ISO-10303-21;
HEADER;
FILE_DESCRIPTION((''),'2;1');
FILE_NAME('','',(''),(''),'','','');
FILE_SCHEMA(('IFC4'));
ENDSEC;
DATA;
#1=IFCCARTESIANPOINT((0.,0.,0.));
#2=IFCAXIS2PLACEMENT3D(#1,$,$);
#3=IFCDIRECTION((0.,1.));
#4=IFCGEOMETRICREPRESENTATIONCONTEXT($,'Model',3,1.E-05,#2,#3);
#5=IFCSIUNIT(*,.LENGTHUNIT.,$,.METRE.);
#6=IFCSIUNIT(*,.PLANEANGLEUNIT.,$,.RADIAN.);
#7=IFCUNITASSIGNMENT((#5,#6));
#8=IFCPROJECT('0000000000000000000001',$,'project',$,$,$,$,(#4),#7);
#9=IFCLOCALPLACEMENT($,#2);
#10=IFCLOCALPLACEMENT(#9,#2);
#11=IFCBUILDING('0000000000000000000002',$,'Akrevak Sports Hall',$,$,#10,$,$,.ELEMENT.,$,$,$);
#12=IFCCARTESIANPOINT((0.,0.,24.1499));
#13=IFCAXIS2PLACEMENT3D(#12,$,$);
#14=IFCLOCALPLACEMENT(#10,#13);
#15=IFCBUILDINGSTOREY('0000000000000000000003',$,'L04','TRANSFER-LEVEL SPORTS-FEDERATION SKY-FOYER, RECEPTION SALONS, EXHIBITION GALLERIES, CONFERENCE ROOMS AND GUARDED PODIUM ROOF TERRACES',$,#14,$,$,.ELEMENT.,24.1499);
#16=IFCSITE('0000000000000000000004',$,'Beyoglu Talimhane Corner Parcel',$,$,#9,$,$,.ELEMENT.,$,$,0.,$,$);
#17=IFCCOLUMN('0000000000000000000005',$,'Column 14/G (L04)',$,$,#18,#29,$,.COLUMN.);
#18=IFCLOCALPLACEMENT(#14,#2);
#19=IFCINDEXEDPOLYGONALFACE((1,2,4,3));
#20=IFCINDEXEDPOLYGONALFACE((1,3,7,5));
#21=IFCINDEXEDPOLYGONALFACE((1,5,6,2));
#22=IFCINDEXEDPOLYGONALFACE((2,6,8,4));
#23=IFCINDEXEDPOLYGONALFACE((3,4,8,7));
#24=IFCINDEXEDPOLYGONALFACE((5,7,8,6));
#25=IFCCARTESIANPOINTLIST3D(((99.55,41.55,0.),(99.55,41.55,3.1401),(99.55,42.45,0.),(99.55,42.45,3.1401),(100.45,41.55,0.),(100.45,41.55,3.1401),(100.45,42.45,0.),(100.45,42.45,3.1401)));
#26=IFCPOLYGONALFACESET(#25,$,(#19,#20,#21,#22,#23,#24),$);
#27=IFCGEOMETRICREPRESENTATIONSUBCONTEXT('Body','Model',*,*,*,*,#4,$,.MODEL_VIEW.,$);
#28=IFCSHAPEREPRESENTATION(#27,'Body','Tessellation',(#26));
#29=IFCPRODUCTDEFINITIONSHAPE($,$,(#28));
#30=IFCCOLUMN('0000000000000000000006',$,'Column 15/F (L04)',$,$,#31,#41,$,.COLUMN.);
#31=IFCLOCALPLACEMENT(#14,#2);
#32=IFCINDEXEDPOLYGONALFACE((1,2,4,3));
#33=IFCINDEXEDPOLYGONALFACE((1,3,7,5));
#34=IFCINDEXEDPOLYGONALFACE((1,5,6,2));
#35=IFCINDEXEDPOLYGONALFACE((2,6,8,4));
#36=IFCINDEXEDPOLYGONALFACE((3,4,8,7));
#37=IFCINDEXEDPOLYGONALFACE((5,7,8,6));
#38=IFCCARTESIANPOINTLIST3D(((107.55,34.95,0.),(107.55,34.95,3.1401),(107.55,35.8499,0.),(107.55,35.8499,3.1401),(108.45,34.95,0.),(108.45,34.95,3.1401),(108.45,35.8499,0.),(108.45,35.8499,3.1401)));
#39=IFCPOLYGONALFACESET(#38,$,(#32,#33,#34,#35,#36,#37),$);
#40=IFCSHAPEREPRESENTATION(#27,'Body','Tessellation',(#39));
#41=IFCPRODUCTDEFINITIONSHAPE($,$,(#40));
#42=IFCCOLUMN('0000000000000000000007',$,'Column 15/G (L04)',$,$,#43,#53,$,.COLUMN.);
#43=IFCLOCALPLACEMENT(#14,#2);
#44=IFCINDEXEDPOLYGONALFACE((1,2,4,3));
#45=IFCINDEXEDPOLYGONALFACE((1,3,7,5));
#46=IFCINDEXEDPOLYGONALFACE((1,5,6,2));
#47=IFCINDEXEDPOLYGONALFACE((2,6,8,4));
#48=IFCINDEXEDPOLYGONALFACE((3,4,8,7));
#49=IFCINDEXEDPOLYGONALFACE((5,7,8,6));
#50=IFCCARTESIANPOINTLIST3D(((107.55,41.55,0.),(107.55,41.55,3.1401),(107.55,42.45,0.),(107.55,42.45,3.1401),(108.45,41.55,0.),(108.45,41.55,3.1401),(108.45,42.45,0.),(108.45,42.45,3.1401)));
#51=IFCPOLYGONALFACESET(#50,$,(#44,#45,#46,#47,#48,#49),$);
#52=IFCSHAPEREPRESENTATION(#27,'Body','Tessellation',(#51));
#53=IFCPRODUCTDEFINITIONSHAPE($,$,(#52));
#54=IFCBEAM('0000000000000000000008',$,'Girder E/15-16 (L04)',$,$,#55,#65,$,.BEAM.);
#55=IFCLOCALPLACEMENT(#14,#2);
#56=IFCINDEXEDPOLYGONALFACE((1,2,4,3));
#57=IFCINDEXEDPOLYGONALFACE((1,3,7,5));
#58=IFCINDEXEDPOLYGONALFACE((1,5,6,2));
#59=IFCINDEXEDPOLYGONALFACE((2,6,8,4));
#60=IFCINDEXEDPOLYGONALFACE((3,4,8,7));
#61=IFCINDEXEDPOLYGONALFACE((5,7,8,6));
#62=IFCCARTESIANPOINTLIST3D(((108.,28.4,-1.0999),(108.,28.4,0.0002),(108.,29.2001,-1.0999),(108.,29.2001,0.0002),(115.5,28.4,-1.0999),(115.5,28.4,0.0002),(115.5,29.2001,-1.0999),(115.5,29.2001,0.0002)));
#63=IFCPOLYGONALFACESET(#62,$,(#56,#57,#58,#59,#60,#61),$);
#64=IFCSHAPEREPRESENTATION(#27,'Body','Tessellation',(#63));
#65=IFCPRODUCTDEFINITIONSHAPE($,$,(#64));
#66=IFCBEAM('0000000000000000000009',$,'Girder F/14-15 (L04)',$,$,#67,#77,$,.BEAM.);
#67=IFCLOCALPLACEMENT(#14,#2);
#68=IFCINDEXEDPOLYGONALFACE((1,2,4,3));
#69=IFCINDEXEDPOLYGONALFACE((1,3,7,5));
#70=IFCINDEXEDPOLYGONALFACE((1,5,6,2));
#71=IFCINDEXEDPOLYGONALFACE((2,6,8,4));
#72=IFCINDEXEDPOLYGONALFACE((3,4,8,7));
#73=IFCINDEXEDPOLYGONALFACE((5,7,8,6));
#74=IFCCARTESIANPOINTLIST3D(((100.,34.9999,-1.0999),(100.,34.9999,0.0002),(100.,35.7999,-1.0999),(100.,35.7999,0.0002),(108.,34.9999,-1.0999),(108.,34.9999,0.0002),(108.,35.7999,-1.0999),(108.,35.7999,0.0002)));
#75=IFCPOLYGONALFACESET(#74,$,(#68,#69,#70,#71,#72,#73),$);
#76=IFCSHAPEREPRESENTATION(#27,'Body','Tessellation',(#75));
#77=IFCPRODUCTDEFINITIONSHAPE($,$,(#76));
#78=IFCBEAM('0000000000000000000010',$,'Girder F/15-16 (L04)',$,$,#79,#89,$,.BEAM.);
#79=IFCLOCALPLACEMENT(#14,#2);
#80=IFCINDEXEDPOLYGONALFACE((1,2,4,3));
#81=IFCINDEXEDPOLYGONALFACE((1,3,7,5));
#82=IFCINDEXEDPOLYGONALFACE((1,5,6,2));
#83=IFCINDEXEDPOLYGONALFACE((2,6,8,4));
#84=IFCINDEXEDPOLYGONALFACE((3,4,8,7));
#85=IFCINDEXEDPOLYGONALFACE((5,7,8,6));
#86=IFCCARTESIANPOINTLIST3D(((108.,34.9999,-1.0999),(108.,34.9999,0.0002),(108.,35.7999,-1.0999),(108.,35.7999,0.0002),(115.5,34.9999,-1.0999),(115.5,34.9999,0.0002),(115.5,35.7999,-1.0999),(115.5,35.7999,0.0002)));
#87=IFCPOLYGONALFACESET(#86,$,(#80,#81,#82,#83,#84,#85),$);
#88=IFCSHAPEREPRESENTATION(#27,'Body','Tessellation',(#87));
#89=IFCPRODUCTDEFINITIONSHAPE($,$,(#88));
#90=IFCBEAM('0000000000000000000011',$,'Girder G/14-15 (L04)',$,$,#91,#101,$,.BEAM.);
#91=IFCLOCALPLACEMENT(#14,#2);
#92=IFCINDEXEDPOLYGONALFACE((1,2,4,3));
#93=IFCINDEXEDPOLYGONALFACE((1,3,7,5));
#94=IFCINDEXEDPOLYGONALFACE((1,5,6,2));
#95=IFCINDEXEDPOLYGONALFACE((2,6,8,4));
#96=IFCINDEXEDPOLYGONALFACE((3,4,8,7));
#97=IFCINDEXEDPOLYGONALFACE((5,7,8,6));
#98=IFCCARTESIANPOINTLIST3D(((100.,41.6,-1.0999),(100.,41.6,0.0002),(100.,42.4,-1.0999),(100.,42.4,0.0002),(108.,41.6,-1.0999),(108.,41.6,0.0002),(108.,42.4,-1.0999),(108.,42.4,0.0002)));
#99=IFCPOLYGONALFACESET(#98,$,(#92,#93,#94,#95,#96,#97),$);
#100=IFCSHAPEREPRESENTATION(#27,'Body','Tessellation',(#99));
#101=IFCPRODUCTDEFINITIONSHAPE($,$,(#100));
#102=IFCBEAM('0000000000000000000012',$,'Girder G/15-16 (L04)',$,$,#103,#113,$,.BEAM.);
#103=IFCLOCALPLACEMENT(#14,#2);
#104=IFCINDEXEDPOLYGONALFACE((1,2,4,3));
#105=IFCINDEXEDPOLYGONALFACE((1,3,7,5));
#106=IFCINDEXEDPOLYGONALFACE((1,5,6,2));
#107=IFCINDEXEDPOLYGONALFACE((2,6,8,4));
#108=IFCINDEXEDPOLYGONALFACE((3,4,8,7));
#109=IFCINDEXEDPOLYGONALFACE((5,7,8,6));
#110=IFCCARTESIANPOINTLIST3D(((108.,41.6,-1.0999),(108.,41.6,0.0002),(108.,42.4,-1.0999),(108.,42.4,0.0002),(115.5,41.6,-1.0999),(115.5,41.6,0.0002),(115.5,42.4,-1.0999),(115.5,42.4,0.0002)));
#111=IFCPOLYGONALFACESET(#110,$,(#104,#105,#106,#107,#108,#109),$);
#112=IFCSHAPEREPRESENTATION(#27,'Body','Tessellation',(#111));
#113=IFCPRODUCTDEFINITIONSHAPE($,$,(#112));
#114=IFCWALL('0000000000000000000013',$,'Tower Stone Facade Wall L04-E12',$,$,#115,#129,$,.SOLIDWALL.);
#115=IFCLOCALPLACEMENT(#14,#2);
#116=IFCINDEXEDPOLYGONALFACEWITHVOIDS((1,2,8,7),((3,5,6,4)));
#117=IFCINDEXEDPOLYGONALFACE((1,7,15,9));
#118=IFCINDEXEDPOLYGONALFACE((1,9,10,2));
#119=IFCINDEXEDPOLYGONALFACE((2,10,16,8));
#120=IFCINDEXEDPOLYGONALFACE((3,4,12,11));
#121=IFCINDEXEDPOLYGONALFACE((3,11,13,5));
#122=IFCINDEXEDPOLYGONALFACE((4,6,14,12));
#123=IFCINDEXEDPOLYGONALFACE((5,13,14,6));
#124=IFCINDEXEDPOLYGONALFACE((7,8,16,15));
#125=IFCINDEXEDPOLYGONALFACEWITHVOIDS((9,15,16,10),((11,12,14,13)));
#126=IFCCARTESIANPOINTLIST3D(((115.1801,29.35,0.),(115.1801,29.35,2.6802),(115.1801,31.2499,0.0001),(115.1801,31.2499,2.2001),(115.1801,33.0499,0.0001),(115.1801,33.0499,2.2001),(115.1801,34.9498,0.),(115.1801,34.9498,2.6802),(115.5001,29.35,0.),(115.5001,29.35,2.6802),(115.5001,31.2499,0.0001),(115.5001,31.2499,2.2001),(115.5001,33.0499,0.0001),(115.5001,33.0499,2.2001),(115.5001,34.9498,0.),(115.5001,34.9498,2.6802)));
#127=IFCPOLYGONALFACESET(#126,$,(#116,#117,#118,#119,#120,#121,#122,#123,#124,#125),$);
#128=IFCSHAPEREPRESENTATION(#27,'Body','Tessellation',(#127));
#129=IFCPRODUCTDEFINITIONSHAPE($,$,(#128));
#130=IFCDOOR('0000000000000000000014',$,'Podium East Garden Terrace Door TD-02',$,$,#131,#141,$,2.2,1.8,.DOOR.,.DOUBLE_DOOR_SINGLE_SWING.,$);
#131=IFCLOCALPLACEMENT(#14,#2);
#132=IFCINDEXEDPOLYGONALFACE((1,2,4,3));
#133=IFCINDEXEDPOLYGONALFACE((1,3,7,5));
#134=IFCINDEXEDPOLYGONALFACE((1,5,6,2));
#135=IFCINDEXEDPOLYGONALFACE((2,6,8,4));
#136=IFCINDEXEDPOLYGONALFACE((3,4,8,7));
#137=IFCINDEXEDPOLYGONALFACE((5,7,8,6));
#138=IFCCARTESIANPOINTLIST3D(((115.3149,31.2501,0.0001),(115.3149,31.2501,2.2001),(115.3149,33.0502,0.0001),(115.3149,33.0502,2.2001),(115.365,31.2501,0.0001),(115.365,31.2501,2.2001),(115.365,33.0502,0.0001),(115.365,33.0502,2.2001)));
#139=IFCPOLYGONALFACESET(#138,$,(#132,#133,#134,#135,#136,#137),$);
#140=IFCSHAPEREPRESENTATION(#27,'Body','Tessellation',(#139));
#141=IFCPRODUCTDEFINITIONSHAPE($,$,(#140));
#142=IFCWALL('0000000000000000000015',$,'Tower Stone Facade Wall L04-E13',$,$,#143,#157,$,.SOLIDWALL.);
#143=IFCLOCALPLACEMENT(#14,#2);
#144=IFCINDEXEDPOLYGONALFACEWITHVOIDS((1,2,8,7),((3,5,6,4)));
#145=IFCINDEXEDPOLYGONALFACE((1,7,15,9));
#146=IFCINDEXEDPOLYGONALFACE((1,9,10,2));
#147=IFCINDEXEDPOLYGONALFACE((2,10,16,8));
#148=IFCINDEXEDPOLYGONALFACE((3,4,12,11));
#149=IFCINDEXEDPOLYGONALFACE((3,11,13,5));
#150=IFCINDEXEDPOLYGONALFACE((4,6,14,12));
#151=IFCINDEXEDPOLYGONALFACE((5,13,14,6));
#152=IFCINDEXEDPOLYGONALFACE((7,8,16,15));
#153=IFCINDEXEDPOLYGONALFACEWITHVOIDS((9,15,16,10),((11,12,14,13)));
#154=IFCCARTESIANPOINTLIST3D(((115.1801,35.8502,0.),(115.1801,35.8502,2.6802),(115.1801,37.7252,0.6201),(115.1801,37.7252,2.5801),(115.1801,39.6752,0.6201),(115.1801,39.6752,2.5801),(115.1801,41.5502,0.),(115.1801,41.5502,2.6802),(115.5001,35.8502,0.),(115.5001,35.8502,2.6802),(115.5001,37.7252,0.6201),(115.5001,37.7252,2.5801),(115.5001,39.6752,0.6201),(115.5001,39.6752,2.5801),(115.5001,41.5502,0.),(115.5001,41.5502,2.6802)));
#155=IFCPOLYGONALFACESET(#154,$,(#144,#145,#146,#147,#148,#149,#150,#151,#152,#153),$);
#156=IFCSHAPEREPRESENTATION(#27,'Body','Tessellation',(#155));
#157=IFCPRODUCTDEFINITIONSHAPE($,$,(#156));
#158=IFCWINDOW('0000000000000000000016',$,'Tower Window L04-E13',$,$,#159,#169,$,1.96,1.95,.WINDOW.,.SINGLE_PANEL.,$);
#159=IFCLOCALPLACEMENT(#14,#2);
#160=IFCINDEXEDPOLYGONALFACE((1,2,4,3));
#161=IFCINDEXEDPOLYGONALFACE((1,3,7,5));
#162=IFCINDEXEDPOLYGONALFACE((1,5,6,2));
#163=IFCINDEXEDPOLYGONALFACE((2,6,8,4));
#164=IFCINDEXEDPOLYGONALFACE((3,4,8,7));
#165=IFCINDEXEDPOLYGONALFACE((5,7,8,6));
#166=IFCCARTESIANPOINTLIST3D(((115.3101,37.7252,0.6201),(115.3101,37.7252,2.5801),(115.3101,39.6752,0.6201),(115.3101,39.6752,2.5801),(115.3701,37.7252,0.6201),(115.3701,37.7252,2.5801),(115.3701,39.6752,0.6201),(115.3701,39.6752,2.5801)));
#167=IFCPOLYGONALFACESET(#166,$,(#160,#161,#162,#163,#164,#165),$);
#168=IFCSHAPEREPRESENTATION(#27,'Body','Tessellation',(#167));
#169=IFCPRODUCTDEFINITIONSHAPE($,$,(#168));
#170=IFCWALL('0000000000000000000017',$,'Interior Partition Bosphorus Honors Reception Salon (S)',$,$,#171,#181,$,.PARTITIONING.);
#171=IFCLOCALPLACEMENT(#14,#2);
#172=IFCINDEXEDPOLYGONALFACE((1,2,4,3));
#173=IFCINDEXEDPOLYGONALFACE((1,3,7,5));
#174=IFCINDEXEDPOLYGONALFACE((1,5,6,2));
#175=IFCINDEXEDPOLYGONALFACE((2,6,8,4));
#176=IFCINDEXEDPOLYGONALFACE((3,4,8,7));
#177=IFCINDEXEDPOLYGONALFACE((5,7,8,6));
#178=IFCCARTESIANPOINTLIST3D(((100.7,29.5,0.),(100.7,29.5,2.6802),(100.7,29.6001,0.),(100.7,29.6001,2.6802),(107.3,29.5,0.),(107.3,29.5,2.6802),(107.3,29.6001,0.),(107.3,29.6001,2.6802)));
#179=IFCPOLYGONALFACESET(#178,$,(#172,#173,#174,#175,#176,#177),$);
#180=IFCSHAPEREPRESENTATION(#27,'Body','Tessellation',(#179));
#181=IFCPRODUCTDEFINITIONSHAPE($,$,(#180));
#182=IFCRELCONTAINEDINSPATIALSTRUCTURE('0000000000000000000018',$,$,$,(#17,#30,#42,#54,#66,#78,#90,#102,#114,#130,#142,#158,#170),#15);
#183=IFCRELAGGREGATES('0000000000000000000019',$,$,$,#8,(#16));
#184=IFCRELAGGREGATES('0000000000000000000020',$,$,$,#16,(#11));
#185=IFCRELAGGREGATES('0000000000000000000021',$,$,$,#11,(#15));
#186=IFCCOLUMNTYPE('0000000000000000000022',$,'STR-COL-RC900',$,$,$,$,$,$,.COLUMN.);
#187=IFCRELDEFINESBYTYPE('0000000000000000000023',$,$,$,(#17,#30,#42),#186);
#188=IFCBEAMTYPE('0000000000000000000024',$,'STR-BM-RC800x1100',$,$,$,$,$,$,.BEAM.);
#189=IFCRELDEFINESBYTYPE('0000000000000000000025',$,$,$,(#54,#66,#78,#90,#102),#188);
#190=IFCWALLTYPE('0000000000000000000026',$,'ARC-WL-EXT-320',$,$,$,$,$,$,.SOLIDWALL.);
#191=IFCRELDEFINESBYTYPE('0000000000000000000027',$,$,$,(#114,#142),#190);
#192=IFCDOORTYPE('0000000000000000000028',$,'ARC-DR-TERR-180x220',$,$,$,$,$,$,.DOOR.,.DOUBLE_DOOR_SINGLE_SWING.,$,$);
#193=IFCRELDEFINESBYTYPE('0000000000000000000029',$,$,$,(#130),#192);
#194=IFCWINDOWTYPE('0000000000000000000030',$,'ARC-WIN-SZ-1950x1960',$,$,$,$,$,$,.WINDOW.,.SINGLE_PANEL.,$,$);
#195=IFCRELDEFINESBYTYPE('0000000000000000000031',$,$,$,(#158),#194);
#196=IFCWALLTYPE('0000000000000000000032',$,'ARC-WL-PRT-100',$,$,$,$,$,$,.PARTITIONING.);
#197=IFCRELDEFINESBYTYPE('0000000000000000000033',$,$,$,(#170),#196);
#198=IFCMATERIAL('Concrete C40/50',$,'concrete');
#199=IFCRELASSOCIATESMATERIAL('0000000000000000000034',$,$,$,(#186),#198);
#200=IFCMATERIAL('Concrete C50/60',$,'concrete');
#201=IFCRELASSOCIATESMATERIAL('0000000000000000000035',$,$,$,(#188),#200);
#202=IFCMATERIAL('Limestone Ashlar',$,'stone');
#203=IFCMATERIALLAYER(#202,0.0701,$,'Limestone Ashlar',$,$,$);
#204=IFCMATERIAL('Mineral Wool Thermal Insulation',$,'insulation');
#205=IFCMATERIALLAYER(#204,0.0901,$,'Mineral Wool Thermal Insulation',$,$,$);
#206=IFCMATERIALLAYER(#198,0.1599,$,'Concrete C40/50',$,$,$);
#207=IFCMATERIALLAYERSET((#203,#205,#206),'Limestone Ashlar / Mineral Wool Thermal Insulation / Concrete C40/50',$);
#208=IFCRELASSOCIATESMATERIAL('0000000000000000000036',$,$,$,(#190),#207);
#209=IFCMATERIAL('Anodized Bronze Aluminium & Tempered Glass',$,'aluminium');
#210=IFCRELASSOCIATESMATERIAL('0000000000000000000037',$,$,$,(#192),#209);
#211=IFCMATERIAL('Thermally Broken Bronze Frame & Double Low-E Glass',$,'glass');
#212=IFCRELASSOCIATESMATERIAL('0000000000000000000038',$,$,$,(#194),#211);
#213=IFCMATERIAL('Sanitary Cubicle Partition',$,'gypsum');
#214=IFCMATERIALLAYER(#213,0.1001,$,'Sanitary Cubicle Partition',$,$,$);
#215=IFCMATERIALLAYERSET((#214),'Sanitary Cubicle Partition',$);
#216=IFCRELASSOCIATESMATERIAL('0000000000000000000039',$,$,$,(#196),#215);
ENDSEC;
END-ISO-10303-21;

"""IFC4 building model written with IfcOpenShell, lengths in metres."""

from ifc_helpers import new_model, si_unit, direction, frame, frame_2d, origin, origin_2d, place, context, subcontext, project, spatial, rectangle, extrude, material, layer, layer_set, material_profile, profile_set, type_object, element, fill, save


model = new_model("IFC4")

# Units and contexts
model_context = context("Model", 3, precision=1e-05, world=origin(), true_north=direction((0.0, 1.0)))
body_context = subcontext(model_context, "Body", "Model", "MODEL_VIEW")
ifc_project = project(units=[si_unit("LENGTHUNIT", "METRE"), si_unit("PLANEANGLEUNIT", "RADIAN")], contexts=[model_context])

# Site, building, storey
site_placement = place(None, origin())
site = spatial("IfcSite", under=ifc_project, at=site_placement, Name="Beyoglu Talimhane Corner Parcel", CompositionType="ELEMENT", RefElevation=0.0)
building_placement = place(site_placement, origin())
building = spatial("IfcBuilding", under=site, at=building_placement, Name="Akrevak Sports Hall", CompositionType="ELEMENT")
storey_placement = place(building_placement, frame((0.0, 0.0, 24.1499)))
storey = spatial("IfcBuildingStorey", under=building, at=storey_placement, Name="L04", Description="TRANSFER-LEVEL SPORTS-FEDERATION SKY-FOYER, RECEPTION SALONS, EXHIBITION GALLERIES, CONFERENCE ROOMS AND GUARDED PODIUM ROOF TERRACES", CompositionType="ELEMENT", Elevation=24.1499)

# Columns
ifc_material_1 = material(Name="Concrete C40/50", Category="concrete")
ifc_material_profile_1 = material_profile(ifc_material_1, rectangle(XDim=0.8999, YDim=0.8999, at=origin_2d()), Name="RC 900x900", Category="concrete")
ifc_profile_set_1 = profile_set([ifc_material_profile_1], Name="Concrete C40/50")
column_type = type_object("IfcColumnType", Name="STR-COL-RC900", PredefinedType="COLUMN", material=ifc_profile_set_1)
for number, where, z_axis, x_axis, name in (
    (1, (100.0, 42.0, 0.0), (0.0, 0.0, 1.0), (1.0, 0.0, 0.0), "Column 14/G (L04)"),
    (2, (108.0, 35.3999, 0.0), (0.0, 0.0, 1.0), (1.0, 0.0, 0.0), "Column 15/F (L04)"),
    (3, (108.0, 42.0, 0.0), (0.0, 0.0, 1.0), (1.0, 0.0, 0.0), "Column 15/G (L04)"),
):
    element("IfcColumn", number, at=place(storey_placement, frame(where, z_axis=z_axis, x_axis=x_axis)), inside=storey, type_object=column_type, Name=name, PredefinedType="COLUMN", context=body_context, shape_type="SweptSolid", body=[
        extrude(rectangle(XDim=0.8999, YDim=0.8999, at=origin_2d()), origin(), (0.0, 0.0, 1.0), 3.1401),
    ])

# Beams
ifc_material_2 = material(Name="Concrete C50/60", Category="concrete")
ifc_material_profile_2 = material_profile(ifc_material_2, rectangle(XDim=0.8, YDim=1.1001, at=origin_2d()), Name="BM 800x1100", Category="concrete")
ifc_profile_set_2 = profile_set([ifc_material_profile_2], Name="Concrete C50/60")
beam_type = type_object("IfcBeamType", Name="STR-BM-RC800x1100", PredefinedType="BEAM", material=ifc_profile_set_2)
beam_1_placement = place(storey_placement, frame((108.0, 28.8, -0.5498), z_axis=(1.0, 0.0, 0.0), x_axis=(0.0, 1.0, 0.0)))
element("IfcBeam", 4, at=beam_1_placement, inside=storey, type_object=beam_type, Name="Girder E/15-16 (L04)", PredefinedType="BEAM", context=body_context, shape_type="SweptSolid", body=[
    extrude(rectangle(XDim=0.8, YDim=1.1001, at=origin_2d()), origin(), (0.0, 0.0, 1.0), 7.5),
])
beam_2_placement = place(storey_placement, frame((100.0, 35.3999, -0.5498), z_axis=(1.0, 0.0, 0.0), x_axis=(0.0, 1.0, 0.0)))
element("IfcBeam", 5, at=beam_2_placement, inside=storey, type_object=beam_type, Name="Girder F/14-15 (L04)", PredefinedType="BEAM", context=body_context, shape_type="SweptSolid", body=[
    extrude(rectangle(XDim=0.8, YDim=1.1001, at=origin_2d()), origin(), (0.0, 0.0, 1.0), 8.0),
])
beam_3_placement = place(storey_placement, frame((108.0, 35.3999, -0.5498), z_axis=(1.0, 0.0, 0.0), x_axis=(0.0, 1.0, 0.0)))
element("IfcBeam", 6, at=beam_3_placement, inside=storey, type_object=beam_type, Name="Girder F/15-16 (L04)", PredefinedType="BEAM", context=body_context, shape_type="SweptSolid", body=[
    extrude(rectangle(XDim=0.8, YDim=1.1001, at=origin_2d()), origin(), (0.0, 0.0, 1.0), 7.5),
])
beam_4_placement = place(storey_placement, frame((100.0, 42.0, -0.5498), z_axis=(1.0, 0.0, 0.0), x_axis=(0.0, 1.0, 0.0)))
element("IfcBeam", 7, at=beam_4_placement, inside=storey, type_object=beam_type, Name="Girder G/14-15 (L04)", PredefinedType="BEAM", context=body_context, shape_type="SweptSolid", body=[
    extrude(rectangle(XDim=0.8, YDim=1.1001, at=origin_2d()), origin(), (0.0, 0.0, 1.0), 8.0),
])
beam_5_placement = place(storey_placement, frame((108.0, 42.0, -0.5498), z_axis=(1.0, 0.0, 0.0), x_axis=(0.0, 1.0, 0.0)))
element("IfcBeam", 8, at=beam_5_placement, inside=storey, type_object=beam_type, Name="Girder G/15-16 (L04)", PredefinedType="BEAM", context=body_context, shape_type="SweptSolid", body=[
    extrude(rectangle(XDim=0.8, YDim=1.1001, at=origin_2d()), origin(), (0.0, 0.0, 1.0), 7.5),
])

# Wall, opening, door
ifc_material_3 = material(Name="Limestone Ashlar", Category="stone")
ifc_layer_1 = layer(ifc_material_3, 0.0701, Name="Limestone Ashlar")
ifc_material_4 = material(Name="Mineral Wool Thermal Insulation", Category="insulation")
ifc_layer_2 = layer(ifc_material_4, 0.0901, Name="Mineral Wool Thermal Insulation")
ifc_layer_3 = layer(ifc_material_1, 0.1599, Name="Concrete C40/50")
ifc_layer_set_1 = layer_set([ifc_layer_1, ifc_layer_2, ifc_layer_3], Name="Limestone Ashlar / Mineral Wool Thermal Insulation / Concrete C40/50")
wall_type_1 = type_object("IfcWallType", Name="ARC-WL-EXT-320", PredefinedType="SOLIDWALL", material=ifc_layer_set_1)
wall_1_placement = place(storey_placement, frame((115.3401, 29.3501, 0.0), z_axis=(0.0, 0.0, 1.0), x_axis=(0.0, 1.0, 0.0)))
wall_1 = element("IfcWall", 9, at=wall_1_placement, inside=storey, type_object=wall_type_1, Name="Tower Stone Facade Wall L04-E12", PredefinedType="SOLIDWALL", context=body_context, shape_type="SweptSolid", body=[
    extrude(rectangle(XDim=5.5999, YDim=0.3201, at=frame_2d((2.7998, 0.0))), origin(), (0.0, 0.0, 1.0), 2.6802),
])
opening_1_placement = place(wall_1_placement, frame((1.8999, 0.0, 0.0)))
opening_1 = element("IfcOpeningElement", 10, at=opening_1_placement, cuts=wall_1, PredefinedType="OPENING", context=body_context, shape_type="SweptSolid", body=[
    extrude(rectangle(XDim=1.8, YDim=2.2, at=frame_2d((0.8999, 1.1001))), frame((0.0, 0.1719, 0.0), z_axis=(0.0, -1.0, 0.0), x_axis=(1.0, 0.0, 0.0)), (0.0, 0.0, 1.0), 0.344),
])
ifc_material_5 = material(Name="Anodized Bronze Aluminium & Tempered Glass", Category="aluminium")
door_type = type_object("IfcDoorType", Name="ARC-DR-TERR-180x220", OperationType="DOUBLE_DOOR_SINGLE_SWING", PredefinedType="DOOR", material=ifc_material_5)
door_placement = place(opening_1_placement, frame((1.8, 0.0, 0.0), z_axis=(0.0, 0.0, 1.0), x_axis=(-1.0, 0.0, 0.0)))
door = element("IfcDoor", 11, at=door_placement, inside=storey, type_object=door_type, Name="Podium East Garden Terrace Door TD-02", OperationType="DOUBLE_DOOR_SINGLE_SWING", OverallHeight=2.2, OverallWidth=1.8, PredefinedType="DOOR", context=body_context, shape_type="SweptSolid", body=[
    extrude(rectangle(XDim=1.8, YDim=2.2, at=frame_2d((0.8999, 1.1001))), frame((0.0, 0.0249, 0.0), z_axis=(0.0, -1.0, 0.0), x_axis=(1.0, 0.0, 0.0)), (0.0, 0.0, 1.0), 0.05),
])
fill(opening_1, door)

# Wall, opening, window
wall_2_placement = place(storey_placement, frame((115.3401, 35.8501, 0.0), z_axis=(0.0, 0.0, 1.0), x_axis=(0.0, 1.0, 0.0)))
wall_2 = element("IfcWall", 12, at=wall_2_placement, inside=storey, type_object=wall_type_1, Name="Tower Stone Facade Wall L04-E13", PredefinedType="SOLIDWALL", context=body_context, shape_type="SweptSolid", body=[
    extrude(rectangle(XDim=5.7, YDim=0.3201, at=frame_2d((2.8501, 0.0))), origin(), (0.0, 0.0, 1.0), 2.6802),
])
opening_2_placement = place(wall_2_placement, frame((1.875, 0.0, 0.6201)))
opening_2 = element("IfcOpeningElement", 13, at=opening_2_placement, cuts=wall_2, PredefinedType="OPENING", context=body_context, shape_type="SweptSolid", body=[
    extrude(rectangle(XDim=1.95, YDim=1.96, at=frame_2d((0.9751, 0.98))), frame((0.0, 0.1719, 0.0), z_axis=(0.0, -1.0, 0.0), x_axis=(1.0, 0.0, 0.0)), (0.0, 0.0, 1.0), 0.344),
])
ifc_material_6 = material(Name="Thermally Broken Bronze Frame & Double Low-E Glass", Category="glass")
window_type = type_object("IfcWindowType", Name="ARC-WIN-SZ-1950x1960", PartitioningType="SINGLE_PANEL", PredefinedType="WINDOW", material=ifc_material_6)
window_placement = place(opening_2_placement, origin())
window = element("IfcWindow", 14, at=window_placement, inside=storey, type_object=window_type, Name="Tower Window L04-E13", OverallHeight=1.96, OverallWidth=1.95, PartitioningType="SINGLE_PANEL", PredefinedType="WINDOW", context=body_context, shape_type="SweptSolid", body=[
    extrude(rectangle(XDim=1.95, YDim=1.96, at=frame_2d((0.9751, 0.98))), frame((0.0, 0.03, 0.0), z_axis=(0.0, -1.0, 0.0), x_axis=(1.0, 0.0, 0.0)), (0.0, 0.0, 1.0), 0.0601),
])
fill(opening_2, window)

# Wall
ifc_material_7 = material(Name="Sanitary Cubicle Partition", Category="gypsum")
ifc_layer_4 = layer(ifc_material_7, 0.1001, Name="Sanitary Cubicle Partition")
ifc_layer_set_2 = layer_set([ifc_layer_4], Name="Sanitary Cubicle Partition")
wall_type_2 = type_object("IfcWallType", Name="ARC-WL-PRT-100", PredefinedType="PARTITIONING", material=ifc_layer_set_2)
wall_3_placement = place(storey_placement, frame((100.7, 29.55, 0.0), z_axis=(0.0, 0.0, 1.0), x_axis=(1.0, 0.0, 0.0)))
element("IfcWall", 15, at=wall_3_placement, inside=storey, type_object=wall_type_2, Name="Interior Partition Bosphorus Honors Reception Salon (S)", PredefinedType="PARTITIONING", context=body_context, shape_type="SweptSolid", body=[
    extrude(rectangle(XDim=6.6001, YDim=0.1001, at=frame_2d((3.3, 0.0))), origin(), (0.0, 0.0, 1.0), 2.6802),
])

save(model, "model.ifc")
